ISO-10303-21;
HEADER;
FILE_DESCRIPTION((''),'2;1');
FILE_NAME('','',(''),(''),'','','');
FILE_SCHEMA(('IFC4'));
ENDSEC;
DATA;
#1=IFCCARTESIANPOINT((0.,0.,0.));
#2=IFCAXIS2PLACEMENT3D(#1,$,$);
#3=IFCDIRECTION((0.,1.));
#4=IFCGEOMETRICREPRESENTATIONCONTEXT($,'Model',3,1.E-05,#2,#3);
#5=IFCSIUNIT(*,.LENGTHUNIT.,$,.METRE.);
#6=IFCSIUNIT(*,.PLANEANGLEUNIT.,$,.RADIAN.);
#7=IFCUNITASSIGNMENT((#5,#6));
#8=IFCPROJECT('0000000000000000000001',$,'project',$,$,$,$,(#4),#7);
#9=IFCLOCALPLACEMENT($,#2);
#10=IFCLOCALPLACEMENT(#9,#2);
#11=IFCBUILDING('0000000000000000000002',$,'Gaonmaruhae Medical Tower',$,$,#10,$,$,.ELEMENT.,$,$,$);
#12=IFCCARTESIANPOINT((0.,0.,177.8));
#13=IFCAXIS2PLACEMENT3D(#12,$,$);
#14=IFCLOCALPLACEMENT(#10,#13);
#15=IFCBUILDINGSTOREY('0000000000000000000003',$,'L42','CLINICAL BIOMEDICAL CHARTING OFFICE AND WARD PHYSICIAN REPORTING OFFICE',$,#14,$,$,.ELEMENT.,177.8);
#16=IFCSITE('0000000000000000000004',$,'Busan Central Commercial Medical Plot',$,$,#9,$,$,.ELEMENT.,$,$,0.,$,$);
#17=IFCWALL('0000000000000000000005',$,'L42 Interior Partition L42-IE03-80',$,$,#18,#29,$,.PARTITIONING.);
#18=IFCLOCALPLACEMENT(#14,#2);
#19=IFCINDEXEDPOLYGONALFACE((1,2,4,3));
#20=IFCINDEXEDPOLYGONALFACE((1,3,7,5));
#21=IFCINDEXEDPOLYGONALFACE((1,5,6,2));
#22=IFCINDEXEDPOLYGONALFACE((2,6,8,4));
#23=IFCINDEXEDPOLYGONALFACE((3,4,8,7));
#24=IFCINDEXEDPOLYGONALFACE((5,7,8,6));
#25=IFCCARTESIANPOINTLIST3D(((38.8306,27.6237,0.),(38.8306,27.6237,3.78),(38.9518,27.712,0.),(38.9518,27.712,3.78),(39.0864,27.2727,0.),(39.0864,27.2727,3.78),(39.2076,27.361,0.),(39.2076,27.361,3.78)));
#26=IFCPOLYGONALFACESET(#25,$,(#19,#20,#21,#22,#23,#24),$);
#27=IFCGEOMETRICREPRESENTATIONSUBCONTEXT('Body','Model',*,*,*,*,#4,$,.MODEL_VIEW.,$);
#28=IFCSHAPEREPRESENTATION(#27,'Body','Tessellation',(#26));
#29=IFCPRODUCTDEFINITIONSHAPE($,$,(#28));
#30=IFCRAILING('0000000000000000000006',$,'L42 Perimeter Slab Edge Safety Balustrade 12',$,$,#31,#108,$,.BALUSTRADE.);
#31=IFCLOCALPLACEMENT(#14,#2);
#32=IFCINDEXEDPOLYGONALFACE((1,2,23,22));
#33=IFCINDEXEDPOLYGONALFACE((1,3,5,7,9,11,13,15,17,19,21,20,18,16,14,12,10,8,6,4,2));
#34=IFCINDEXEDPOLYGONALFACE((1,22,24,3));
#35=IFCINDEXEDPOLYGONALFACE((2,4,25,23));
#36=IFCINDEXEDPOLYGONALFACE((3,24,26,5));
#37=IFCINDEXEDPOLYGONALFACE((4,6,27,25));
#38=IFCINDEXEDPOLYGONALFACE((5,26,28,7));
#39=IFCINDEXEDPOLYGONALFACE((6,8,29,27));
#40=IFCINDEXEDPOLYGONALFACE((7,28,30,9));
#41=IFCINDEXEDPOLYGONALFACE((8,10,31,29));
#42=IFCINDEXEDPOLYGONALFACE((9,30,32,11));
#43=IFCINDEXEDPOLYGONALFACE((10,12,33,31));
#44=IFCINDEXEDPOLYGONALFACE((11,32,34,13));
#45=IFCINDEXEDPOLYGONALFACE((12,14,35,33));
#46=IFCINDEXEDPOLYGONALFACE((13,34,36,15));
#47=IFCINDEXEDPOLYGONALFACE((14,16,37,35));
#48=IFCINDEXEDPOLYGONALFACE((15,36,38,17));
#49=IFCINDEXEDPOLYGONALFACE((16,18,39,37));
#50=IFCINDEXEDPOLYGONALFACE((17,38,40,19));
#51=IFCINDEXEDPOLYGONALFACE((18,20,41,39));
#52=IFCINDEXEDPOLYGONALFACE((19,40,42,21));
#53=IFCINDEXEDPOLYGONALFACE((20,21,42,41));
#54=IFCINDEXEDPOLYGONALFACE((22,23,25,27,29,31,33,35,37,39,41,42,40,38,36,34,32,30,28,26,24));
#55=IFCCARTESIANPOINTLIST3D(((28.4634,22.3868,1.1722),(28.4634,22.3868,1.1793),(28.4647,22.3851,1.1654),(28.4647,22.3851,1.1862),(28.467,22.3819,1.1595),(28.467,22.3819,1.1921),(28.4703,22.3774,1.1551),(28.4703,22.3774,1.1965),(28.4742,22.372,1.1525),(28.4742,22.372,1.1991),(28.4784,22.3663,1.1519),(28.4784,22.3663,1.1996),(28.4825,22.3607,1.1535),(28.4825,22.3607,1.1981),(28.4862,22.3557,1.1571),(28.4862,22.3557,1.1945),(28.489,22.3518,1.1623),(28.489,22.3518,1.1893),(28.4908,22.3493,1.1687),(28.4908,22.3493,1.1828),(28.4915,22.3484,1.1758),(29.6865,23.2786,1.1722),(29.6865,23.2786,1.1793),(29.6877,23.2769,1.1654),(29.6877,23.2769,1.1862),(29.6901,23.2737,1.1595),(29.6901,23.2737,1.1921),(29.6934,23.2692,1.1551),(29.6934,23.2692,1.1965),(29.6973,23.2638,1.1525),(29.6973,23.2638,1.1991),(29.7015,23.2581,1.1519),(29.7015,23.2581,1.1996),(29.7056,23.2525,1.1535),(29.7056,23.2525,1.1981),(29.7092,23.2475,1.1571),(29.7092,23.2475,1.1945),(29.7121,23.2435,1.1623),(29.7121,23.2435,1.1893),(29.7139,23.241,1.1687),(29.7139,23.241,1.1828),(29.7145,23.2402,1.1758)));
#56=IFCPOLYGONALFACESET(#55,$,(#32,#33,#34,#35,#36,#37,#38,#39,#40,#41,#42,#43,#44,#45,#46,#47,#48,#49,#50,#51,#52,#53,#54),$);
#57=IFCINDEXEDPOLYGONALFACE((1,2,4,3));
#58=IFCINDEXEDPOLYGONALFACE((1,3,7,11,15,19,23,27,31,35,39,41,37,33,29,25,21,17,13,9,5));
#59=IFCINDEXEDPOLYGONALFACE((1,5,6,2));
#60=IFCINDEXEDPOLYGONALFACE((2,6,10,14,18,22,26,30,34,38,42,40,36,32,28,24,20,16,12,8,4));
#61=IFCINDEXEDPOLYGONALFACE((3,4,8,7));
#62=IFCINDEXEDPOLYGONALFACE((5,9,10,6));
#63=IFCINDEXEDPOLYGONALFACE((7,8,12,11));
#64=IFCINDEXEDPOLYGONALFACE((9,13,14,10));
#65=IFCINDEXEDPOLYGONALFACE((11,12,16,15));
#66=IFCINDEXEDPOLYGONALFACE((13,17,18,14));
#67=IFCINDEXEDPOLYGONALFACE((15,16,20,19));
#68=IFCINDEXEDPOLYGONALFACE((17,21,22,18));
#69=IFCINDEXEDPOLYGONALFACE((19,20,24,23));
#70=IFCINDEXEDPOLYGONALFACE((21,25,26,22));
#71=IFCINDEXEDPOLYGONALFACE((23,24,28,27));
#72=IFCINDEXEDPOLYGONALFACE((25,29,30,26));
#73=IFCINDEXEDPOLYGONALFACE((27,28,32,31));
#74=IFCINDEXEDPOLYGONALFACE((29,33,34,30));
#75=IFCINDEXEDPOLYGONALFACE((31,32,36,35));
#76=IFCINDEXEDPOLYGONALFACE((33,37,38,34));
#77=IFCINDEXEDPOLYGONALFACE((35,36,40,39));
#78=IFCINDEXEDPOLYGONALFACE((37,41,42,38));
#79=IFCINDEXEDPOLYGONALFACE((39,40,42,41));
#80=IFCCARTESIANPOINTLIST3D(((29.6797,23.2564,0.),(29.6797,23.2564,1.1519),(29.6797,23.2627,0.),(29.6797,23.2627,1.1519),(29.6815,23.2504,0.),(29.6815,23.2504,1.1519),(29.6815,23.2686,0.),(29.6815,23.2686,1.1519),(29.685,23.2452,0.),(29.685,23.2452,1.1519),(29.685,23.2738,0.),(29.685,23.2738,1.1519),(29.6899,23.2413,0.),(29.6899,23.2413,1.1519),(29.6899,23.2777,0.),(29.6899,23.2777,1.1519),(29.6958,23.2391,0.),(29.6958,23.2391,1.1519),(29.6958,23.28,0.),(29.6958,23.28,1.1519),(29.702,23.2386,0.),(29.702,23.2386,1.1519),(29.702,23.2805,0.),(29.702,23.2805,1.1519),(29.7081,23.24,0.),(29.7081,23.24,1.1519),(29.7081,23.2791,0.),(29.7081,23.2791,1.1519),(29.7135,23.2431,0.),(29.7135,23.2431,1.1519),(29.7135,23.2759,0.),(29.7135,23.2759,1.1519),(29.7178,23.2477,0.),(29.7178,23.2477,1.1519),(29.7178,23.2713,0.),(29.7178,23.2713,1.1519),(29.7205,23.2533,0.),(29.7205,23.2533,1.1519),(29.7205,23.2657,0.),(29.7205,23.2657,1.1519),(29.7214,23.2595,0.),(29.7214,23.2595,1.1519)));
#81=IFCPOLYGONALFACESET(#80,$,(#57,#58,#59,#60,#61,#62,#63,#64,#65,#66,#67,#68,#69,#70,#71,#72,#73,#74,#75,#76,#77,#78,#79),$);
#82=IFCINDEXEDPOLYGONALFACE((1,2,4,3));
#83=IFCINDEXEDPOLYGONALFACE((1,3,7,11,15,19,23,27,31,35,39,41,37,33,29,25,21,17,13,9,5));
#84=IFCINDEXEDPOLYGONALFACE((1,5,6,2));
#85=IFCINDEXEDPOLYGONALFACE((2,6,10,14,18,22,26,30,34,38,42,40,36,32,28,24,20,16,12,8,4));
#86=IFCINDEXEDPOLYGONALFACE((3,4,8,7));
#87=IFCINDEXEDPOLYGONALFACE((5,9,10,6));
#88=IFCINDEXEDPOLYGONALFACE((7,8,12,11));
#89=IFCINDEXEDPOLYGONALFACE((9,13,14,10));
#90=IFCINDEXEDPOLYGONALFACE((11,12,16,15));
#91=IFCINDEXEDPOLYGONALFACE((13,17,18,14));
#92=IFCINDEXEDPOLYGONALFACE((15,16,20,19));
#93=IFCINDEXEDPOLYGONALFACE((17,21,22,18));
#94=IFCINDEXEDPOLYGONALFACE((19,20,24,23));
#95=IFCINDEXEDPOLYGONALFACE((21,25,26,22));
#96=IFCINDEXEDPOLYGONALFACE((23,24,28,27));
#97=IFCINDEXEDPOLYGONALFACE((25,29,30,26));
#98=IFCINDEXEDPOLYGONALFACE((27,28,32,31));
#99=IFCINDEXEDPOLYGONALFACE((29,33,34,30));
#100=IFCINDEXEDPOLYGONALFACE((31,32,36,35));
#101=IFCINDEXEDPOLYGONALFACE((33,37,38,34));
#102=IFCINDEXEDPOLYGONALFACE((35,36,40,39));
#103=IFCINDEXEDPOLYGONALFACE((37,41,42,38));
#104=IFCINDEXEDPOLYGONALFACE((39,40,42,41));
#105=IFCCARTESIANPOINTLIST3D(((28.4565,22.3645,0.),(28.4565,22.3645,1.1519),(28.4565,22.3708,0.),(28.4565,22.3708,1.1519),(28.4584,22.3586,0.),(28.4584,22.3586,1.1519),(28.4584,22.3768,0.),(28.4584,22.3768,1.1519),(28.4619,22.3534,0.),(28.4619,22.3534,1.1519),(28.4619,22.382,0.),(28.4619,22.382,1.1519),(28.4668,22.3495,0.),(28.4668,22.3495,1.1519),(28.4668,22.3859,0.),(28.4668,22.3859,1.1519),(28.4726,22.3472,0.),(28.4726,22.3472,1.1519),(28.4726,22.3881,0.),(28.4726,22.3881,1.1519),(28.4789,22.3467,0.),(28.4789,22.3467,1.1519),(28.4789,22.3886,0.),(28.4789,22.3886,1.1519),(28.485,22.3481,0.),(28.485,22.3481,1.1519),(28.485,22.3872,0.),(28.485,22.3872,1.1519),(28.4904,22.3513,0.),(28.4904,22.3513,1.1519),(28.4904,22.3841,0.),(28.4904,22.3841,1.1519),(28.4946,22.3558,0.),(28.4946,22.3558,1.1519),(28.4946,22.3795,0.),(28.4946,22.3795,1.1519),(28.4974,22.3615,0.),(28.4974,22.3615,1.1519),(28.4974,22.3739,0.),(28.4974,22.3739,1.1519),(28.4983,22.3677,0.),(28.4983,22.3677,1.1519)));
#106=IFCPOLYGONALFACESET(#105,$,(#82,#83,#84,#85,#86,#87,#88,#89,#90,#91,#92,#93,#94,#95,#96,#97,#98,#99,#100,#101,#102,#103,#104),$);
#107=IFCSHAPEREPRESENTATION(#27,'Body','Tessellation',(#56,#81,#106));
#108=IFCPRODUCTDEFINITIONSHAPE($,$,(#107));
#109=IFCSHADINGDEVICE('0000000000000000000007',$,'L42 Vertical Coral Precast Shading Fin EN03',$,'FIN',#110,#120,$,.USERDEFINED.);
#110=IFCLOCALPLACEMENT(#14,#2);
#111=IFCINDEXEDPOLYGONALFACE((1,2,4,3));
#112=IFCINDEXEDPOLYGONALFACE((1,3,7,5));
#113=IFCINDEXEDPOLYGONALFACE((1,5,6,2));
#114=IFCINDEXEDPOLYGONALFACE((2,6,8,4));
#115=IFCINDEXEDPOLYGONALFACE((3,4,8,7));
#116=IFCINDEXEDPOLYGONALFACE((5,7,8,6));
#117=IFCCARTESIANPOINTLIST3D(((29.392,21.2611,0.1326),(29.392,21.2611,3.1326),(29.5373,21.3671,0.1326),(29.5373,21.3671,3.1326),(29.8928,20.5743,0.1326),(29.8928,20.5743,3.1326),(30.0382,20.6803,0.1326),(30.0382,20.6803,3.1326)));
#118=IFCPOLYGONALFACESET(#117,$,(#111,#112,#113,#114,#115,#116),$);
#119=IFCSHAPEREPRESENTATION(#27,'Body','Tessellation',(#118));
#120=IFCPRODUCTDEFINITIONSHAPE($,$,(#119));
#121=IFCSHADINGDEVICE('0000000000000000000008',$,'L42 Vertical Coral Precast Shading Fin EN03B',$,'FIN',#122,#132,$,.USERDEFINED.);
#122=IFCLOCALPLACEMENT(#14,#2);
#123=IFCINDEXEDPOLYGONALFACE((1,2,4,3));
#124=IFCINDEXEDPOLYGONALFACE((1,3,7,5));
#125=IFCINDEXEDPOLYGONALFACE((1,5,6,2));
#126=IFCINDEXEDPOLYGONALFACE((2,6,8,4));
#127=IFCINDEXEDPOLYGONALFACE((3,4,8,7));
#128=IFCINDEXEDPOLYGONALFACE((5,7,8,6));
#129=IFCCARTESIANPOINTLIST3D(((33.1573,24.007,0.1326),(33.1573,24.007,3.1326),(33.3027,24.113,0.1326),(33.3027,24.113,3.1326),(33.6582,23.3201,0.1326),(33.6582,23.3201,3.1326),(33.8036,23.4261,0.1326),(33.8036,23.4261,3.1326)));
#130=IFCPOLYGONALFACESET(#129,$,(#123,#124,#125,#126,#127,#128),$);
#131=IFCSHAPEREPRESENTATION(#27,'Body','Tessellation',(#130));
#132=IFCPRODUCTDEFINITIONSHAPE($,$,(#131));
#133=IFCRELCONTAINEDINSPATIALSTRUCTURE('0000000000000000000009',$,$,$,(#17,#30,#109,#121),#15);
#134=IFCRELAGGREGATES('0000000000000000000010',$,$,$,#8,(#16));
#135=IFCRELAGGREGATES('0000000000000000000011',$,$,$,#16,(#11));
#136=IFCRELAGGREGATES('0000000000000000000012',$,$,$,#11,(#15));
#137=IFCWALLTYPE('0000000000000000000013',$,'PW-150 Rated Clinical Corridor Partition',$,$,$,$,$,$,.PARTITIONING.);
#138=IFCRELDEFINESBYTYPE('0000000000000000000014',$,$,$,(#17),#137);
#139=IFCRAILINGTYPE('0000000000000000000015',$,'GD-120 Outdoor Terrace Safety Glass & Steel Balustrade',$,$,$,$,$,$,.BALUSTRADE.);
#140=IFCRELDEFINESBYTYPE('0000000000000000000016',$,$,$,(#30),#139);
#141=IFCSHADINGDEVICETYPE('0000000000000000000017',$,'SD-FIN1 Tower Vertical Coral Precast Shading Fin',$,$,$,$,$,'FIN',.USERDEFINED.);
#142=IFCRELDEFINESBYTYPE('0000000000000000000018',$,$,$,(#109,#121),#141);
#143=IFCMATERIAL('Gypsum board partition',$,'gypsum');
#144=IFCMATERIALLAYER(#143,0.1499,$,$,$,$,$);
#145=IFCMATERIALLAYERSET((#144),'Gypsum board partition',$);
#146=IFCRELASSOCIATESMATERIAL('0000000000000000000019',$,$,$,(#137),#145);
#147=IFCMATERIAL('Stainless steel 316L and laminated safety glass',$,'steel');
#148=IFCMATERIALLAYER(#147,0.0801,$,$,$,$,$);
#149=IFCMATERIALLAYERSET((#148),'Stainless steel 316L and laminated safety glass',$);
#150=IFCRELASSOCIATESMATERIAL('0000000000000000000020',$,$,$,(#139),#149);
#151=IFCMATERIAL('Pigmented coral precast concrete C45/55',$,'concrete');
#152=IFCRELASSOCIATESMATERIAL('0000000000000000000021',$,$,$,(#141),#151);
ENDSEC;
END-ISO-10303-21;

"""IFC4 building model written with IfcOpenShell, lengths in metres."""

from ifc_helpers import new_model, si_unit, direction, frame, frame_2d, origin, origin_2d, place, context, subcontext, project, spatial, rectangle, circle, extrude, material, layer, layer_set, type_object, element, save


model = new_model("IFC4")

# Units and contexts
model_context = context("Model", 3, precision=1e-05, world=origin(), true_north=direction((0.0, 1.0)))
body_context = subcontext(model_context, "Body", "Model", "MODEL_VIEW")
ifc_project = project(units=[si_unit("LENGTHUNIT", "METRE"), si_unit("PLANEANGLEUNIT", "RADIAN")], contexts=[model_context])

# Site, building, storey
site_placement = place(None, origin())
site = spatial("IfcSite", under=ifc_project, at=site_placement, Name="Busan Central Commercial Medical Plot", CompositionType="ELEMENT", RefElevation=0.0)
building_placement = place(site_placement, origin())
building = spatial("IfcBuilding", under=site, at=building_placement, Name="Gaonmaruhae Medical Tower", CompositionType="ELEMENT")
storey_placement = place(building_placement, frame((0.0, 0.0, 177.8)))
storey = spatial("IfcBuildingStorey", under=building, at=storey_placement, Name="L42", Description="CLINICAL BIOMEDICAL CHARTING OFFICE AND WARD PHYSICIAN REPORTING OFFICE", CompositionType="ELEMENT", Elevation=177.8)

# Shared definitions
ifc_material_1 = material(Name="Gypsum board partition", Category="gypsum")
ifc_layer_1 = layer(ifc_material_1, 0.1499)
ifc_layer_set_1 = layer_set([ifc_layer_1], Name="Gypsum board partition")
wall_type_1 = type_object("IfcWallType", Name="PW-150 Rated Clinical Corridor Partition", PredefinedType="PARTITIONING", material=ifc_layer_set_1)

# Wall
wall_1_placement = place(storey_placement, frame((38.8911, 27.668, 0.0), z_axis=(0.0, 0.0, 1.0), x_axis=(0.588973, -0.808152, 0.0)))
element("IfcWall", 1, at=wall_1_placement, inside=storey, type_object=wall_type_1, Name="L42 Interior Partition L42-IE03-80", PredefinedType="PARTITIONING", context=body_context, shape_type="SweptSolid", body=[
    extrude(rectangle(XDim=0.4343, YDim=0.1499, at=frame_2d((0.2173, 0.0))), origin(), (0.0, 0.0, 1.0), 3.78),
])

# Railing
ifc_material_2 = material(Name="Stainless steel 316L and laminated safety glass", Category="steel")
ifc_layer_2 = layer(ifc_material_2, 0.0801)
ifc_layer_set_2 = layer_set([ifc_layer_2], Name="Stainless steel 316L and laminated safety glass")
railing_type = type_object("IfcRailingType", Name="GD-120 Outdoor Terrace Safety Glass & Steel Balustrade", PredefinedType="BALUSTRADE", material=ifc_layer_set_2)
railing_placement = place(storey_placement, frame((29.7004, 23.2595, 0.0)))
element("IfcRailing", 2, at=railing_placement, inside=storey, type_object=railing_type, Name="L42 Perimeter Slab Edge Safety Balustrade 12", PredefinedType="BALUSTRADE", context=body_context, shape_type="SweptSolid", body=[
    extrude(circle(Radius=0.0239, at=origin_2d()), frame((0.0, 0.0, 1.1758), z_axis=(-0.808017, -0.589159, 0.0), x_axis=(0.589159, -0.808017, 0.0)), (0.0, 0.0, 1.0), 1.5137),
    extrude(circle(Radius=0.021, at=origin_2d()), origin(), (0.0, 0.0, 1.0), 1.1519),
    extrude(circle(Radius=0.021, at=origin_2d()), frame((-1.2231, -0.8918, 0.0)), (0.0, 0.0, 1.0), 1.1519),
])

# Shading devices
ifc_material_3 = material(Name="Pigmented coral precast concrete C45/55", Category="concrete")
shading_device_type = type_object("IfcShadingDeviceType", Name="SD-FIN1 Tower Vertical Coral Precast Shading Fin", ElementType="FIN", PredefinedType="USERDEFINED", material=ifc_material_3)
for number, where, z_axis, x_axis, name in (
    (3, (29.7151, 20.9707, 0.1326), (0.0, 0.0, 1.0), (0.808, 0.589182, 0.0), "L42 Vertical Coral Precast Shading Fin EN03"),
    (4, (33.4805, 23.7166, 0.1326), (0.0, 0.0, 1.0), (0.808, 0.589182, 0.0), "L42 Vertical Coral Precast Shading Fin EN03B"),
):
    element("IfcShadingDevice", number, at=place(storey_placement, frame(where, z_axis=z_axis, x_axis=x_axis)), inside=storey, type_object=shading_device_type, Name=name, ObjectType="FIN", PredefinedType="USERDEFINED", context=body_context, shape_type="SweptSolid", body=[
        extrude(rectangle(XDim=0.1799, YDim=0.8501, at=origin_2d()), origin(), (0.0, 0.0, 1.0), 3.0),
    ])

save(model, "model.ifc")
